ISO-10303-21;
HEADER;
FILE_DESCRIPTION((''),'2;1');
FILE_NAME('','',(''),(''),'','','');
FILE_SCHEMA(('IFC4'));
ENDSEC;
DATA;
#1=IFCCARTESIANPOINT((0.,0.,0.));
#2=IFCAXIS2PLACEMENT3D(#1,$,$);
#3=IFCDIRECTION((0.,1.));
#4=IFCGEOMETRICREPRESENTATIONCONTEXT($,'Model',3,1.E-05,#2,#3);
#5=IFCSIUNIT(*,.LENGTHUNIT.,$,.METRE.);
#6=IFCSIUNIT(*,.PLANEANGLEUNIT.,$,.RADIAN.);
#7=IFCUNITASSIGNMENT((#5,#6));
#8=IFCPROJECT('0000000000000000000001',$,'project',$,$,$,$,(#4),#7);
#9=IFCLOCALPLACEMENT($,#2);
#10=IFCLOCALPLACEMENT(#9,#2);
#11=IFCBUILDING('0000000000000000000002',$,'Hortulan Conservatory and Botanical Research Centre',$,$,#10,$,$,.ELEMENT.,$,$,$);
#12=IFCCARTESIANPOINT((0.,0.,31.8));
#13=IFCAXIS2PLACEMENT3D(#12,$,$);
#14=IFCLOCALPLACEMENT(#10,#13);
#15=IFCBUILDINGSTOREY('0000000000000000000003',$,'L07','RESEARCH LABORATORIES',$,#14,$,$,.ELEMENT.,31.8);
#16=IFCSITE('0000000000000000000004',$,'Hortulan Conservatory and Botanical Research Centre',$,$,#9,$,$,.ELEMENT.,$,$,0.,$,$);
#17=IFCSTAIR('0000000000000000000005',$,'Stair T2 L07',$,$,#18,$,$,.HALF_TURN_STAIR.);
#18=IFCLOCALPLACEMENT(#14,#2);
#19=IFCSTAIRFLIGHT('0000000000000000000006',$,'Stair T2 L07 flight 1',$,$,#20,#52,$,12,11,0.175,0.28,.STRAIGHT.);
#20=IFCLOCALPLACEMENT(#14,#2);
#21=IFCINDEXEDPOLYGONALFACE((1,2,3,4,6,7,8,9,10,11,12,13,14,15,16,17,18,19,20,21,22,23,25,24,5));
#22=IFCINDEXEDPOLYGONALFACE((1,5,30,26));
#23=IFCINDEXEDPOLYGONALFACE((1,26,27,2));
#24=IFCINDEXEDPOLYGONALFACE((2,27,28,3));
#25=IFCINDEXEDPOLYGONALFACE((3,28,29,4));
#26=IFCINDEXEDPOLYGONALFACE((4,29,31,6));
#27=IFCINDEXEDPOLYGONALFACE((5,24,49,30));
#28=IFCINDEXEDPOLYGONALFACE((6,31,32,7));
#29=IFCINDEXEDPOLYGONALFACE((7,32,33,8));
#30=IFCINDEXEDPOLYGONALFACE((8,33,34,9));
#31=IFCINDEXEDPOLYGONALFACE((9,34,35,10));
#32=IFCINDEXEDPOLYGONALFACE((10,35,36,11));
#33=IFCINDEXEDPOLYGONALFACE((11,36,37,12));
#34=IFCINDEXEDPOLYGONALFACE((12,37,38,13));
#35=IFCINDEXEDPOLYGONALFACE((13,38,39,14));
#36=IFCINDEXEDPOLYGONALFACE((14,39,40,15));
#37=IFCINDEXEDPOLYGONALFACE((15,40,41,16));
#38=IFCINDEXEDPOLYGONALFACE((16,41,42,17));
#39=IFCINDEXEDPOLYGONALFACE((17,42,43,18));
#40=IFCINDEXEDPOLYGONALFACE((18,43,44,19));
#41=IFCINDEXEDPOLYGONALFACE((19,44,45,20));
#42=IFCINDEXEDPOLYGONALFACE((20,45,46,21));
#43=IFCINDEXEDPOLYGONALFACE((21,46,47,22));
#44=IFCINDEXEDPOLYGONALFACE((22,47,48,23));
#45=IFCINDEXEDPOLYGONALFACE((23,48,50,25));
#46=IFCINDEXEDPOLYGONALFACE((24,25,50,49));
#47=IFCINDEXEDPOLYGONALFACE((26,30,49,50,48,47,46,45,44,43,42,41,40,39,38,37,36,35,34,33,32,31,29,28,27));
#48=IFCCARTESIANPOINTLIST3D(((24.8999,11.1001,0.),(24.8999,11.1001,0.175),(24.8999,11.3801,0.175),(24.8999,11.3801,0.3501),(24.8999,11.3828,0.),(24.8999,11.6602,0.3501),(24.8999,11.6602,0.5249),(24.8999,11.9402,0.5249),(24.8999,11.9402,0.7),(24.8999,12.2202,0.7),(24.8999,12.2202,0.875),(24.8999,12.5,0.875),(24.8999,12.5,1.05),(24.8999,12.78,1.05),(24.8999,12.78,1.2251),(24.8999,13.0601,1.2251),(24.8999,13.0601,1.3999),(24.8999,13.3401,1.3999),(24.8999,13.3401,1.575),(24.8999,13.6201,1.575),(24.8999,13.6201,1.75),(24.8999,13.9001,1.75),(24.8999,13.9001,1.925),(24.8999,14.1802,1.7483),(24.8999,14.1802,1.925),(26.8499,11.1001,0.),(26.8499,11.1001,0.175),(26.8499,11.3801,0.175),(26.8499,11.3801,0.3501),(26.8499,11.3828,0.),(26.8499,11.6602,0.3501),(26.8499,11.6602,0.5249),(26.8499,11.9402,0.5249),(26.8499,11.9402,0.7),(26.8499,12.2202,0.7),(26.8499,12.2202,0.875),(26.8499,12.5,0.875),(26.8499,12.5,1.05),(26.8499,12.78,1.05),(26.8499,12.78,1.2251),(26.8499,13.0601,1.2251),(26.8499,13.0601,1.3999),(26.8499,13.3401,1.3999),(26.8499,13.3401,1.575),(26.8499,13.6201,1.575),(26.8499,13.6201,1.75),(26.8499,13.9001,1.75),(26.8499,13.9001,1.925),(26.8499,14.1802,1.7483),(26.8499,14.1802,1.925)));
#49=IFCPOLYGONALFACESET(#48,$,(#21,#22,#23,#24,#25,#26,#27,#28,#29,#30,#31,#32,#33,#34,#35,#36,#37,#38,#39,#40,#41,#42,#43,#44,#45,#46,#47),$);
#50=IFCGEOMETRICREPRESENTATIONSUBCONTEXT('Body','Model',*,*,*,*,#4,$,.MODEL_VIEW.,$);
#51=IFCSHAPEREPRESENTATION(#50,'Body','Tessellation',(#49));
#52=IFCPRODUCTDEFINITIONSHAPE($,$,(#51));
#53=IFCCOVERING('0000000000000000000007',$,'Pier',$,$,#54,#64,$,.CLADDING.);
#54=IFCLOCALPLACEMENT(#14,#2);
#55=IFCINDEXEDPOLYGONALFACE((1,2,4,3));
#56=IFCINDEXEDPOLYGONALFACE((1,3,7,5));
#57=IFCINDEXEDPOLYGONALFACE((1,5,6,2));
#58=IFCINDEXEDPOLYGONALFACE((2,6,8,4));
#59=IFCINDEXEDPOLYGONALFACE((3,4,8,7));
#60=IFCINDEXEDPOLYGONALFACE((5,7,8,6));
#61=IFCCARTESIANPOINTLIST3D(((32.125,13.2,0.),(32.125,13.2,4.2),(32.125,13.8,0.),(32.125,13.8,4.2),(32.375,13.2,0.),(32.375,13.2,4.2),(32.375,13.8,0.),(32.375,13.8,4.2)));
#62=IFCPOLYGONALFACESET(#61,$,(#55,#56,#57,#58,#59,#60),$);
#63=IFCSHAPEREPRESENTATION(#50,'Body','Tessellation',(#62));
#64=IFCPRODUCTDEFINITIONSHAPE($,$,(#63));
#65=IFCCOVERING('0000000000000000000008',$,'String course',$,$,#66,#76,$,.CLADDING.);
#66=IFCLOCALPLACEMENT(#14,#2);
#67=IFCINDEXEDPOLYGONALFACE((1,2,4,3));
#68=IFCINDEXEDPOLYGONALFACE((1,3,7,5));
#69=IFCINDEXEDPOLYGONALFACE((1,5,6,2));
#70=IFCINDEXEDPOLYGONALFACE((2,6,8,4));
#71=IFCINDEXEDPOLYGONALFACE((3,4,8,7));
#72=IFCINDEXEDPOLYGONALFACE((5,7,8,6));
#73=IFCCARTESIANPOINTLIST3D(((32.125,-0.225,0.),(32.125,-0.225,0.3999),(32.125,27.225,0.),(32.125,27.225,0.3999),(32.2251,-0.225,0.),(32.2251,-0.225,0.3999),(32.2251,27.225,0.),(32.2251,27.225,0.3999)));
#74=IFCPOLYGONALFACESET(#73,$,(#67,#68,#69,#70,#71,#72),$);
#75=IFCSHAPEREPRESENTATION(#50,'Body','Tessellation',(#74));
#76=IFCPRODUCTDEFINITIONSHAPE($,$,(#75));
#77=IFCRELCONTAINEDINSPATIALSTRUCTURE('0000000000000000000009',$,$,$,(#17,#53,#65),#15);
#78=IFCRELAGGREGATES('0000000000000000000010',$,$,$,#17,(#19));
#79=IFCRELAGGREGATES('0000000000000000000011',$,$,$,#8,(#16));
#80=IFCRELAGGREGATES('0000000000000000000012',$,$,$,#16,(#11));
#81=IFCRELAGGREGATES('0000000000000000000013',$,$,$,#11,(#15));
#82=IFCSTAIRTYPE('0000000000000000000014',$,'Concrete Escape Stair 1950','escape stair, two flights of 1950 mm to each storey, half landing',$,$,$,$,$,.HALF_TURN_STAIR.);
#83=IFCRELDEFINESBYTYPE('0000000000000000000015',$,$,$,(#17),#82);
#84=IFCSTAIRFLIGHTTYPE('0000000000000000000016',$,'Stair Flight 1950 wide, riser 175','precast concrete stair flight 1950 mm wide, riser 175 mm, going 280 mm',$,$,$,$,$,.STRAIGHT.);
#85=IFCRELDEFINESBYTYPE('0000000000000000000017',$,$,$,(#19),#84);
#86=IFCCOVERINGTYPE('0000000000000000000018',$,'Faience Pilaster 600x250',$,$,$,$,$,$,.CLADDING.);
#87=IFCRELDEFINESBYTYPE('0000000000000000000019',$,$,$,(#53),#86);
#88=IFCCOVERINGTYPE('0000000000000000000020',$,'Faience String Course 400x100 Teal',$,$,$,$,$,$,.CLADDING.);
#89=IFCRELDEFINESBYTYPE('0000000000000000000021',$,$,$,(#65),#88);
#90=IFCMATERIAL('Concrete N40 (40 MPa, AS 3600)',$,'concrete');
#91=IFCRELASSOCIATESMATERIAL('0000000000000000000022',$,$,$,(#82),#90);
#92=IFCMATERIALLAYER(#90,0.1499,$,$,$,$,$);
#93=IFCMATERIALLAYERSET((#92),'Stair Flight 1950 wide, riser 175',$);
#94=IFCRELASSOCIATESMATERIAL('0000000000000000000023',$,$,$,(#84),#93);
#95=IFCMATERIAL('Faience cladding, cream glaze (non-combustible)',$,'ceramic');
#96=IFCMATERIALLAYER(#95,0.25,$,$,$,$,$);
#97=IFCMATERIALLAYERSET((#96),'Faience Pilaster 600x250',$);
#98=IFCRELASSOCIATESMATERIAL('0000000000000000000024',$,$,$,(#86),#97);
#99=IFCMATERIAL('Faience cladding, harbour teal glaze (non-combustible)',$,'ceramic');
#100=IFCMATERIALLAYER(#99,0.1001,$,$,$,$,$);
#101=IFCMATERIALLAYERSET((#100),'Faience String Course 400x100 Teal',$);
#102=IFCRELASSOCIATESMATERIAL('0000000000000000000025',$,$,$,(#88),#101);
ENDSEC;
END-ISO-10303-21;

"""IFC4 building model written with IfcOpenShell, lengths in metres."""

from ifc_helpers import new_model, si_unit, direction, frame, origin, origin_2d, place, context, subcontext, project, spatial, polyline, rectangle, outline, extrude, material, layer, layer_set, type_object, element, aggregate, save


model = new_model("IFC4")

# Units and contexts
model_context = context("Model", 3, precision=1e-05, world=origin(), true_north=direction((0.0, 1.0)))
body_context = subcontext(model_context, "Body", "Model", "MODEL_VIEW")
ifc_project = project(units=[si_unit("LENGTHUNIT", "METRE"), si_unit("PLANEANGLEUNIT", "RADIAN")], contexts=[model_context])

# Site, building, storey
site_placement = place(None, origin())
site = spatial("IfcSite", under=ifc_project, at=site_placement, Name="Hortulan Conservatory and Botanical Research Centre", CompositionType="ELEMENT", RefElevation=0.0)
building_placement = place(site_placement, origin())
building = spatial("IfcBuilding", under=site, at=building_placement, Name="Hortulan Conservatory and Botanical Research Centre", CompositionType="ELEMENT")
storey_placement = place(building_placement, frame((0.0, 0.0, 31.8)))
storey = spatial("IfcBuildingStorey", under=building, at=storey_placement, Name="L07", Description="RESEARCH LABORATORIES", CompositionType="ELEMENT", Elevation=31.8)

# Stair, stair flight
ifc_material_1 = material(Name="Concrete N40 (40 MPa, AS 3600)", Category="concrete")
stair_type = type_object("IfcStairType", Name="Concrete Escape Stair 1950", Description="escape stair, two flights of 1950 mm to each storey, half landing", PredefinedType="HALF_TURN_STAIR", material=ifc_material_1)
stair_placement = place(storey_placement, origin())
stair = element("IfcStair", 1, at=stair_placement, inside=storey, type_object=stair_type, Name="Stair T2 L07", PredefinedType="HALF_TURN_STAIR")
ifc_layer_1 = layer(ifc_material_1, 0.1499)
ifc_layer_set_1 = layer_set([ifc_layer_1], Name="Stair Flight 1950 wide, riser 175")
stair_flight_type = type_object("IfcStairFlightType", Name="Stair Flight 1950 wide, riser 175", Description="precast concrete stair flight 1950 mm wide, riser 175 mm, going 280 mm", PredefinedType="STRAIGHT", material=ifc_layer_set_1)
stair_flight_placement = place(storey_placement, frame((25.875, 11.1001, 0.0), z_axis=(0.0, 0.0, 1.0), x_axis=(0.0, 1.0, 0.0)))
stair_flight = element("IfcStairFlight", 2, at=stair_flight_placement, type_object=stair_flight_type, Name="Stair T2 L07 flight 1", NumberOfRisers=12, NumberOfTreads=11, PredefinedType="STRAIGHT", RiserHeight=0.175, TreadLength=0.28, context=body_context, shape_type="SweptSolid", body=[
    extrude(outline(polyline([(0.0, 0.0), (0.0, 0.175), (0.28, 0.175), (0.28, 0.3501), (0.5601, 0.3501), (0.5601, 0.5249), (0.8401, 0.5249), (0.8401, 0.7), (1.1201, 0.7), (1.1201, 0.875), (1.3999, 0.875), (1.3999, 1.05), (1.6799, 1.05), (1.6799, 1.2251), (1.96, 1.2251), (1.96, 1.3999), (2.24, 1.3999), (2.24, 1.575), (2.52, 1.575), (2.52, 1.75), (2.8, 1.75), (2.8, 1.925), (3.0801, 1.925), (3.0801, 2.1001), (3.0801, 1.7483), (0.2827, 0.0), (0.0, 0.0)])), frame((0.0, 0.9751, 0.0), z_axis=(0.0, -1.0, 0.0), x_axis=(1.0, 0.0, 0.0)), (0.0, 0.0, 1.0), 1.95),
])
aggregate(stair, [stair_flight])

# Coverings
ifc_material_2 = material(Name="Faience cladding, cream glaze (non-combustible)", Category="ceramic")
ifc_layer_2 = layer(ifc_material_2, 0.25)
ifc_layer_set_2 = layer_set([ifc_layer_2], Name="Faience Pilaster 600x250")
covering_type_1 = type_object("IfcCoveringType", Name="Faience Pilaster 600x250", PredefinedType="CLADDING", material=ifc_layer_set_2)
covering_1_placement = place(storey_placement, frame((32.25, 13.5, 0.0), z_axis=(0.0, 0.0, 1.0), x_axis=(0.0, 1.0, 0.0)))
element("IfcCovering", 3, at=covering_1_placement, inside=storey, type_object=covering_type_1, Name="Pier", PredefinedType="CLADDING", context=body_context, shape_type="SweptSolid", body=[
    extrude(rectangle(XDim=0.6001, YDim=0.25, at=origin_2d()), origin(), (0.0, 0.0, 1.0), 4.2),
])
ifc_material_3 = material(Name="Faience cladding, harbour teal glaze (non-combustible)", Category="ceramic")
ifc_layer_3 = layer(ifc_material_3, 0.1001)
ifc_layer_set_3 = layer_set([ifc_layer_3], Name="Faience String Course 400x100 Teal")
covering_type_2 = type_object("IfcCoveringType", Name="Faience String Course 400x100 Teal", PredefinedType="CLADDING", material=ifc_layer_set_3)
covering_2_placement = place(storey_placement, frame((32.175, 13.5, 0.0), z_axis=(0.0, 0.0, 1.0), x_axis=(0.0, -1.0, 0.0)))
element("IfcCovering", 4, at=covering_2_placement, inside=storey, type_object=covering_type_2, Name="String course", PredefinedType="CLADDING", context=body_context, shape_type="SweptSolid", body=[
    extrude(rectangle(XDim=27.45, YDim=0.1001, at=origin_2d()), origin(), (0.0, 0.0, 1.0), 0.3999),
])

save(model, "model.ifc")
